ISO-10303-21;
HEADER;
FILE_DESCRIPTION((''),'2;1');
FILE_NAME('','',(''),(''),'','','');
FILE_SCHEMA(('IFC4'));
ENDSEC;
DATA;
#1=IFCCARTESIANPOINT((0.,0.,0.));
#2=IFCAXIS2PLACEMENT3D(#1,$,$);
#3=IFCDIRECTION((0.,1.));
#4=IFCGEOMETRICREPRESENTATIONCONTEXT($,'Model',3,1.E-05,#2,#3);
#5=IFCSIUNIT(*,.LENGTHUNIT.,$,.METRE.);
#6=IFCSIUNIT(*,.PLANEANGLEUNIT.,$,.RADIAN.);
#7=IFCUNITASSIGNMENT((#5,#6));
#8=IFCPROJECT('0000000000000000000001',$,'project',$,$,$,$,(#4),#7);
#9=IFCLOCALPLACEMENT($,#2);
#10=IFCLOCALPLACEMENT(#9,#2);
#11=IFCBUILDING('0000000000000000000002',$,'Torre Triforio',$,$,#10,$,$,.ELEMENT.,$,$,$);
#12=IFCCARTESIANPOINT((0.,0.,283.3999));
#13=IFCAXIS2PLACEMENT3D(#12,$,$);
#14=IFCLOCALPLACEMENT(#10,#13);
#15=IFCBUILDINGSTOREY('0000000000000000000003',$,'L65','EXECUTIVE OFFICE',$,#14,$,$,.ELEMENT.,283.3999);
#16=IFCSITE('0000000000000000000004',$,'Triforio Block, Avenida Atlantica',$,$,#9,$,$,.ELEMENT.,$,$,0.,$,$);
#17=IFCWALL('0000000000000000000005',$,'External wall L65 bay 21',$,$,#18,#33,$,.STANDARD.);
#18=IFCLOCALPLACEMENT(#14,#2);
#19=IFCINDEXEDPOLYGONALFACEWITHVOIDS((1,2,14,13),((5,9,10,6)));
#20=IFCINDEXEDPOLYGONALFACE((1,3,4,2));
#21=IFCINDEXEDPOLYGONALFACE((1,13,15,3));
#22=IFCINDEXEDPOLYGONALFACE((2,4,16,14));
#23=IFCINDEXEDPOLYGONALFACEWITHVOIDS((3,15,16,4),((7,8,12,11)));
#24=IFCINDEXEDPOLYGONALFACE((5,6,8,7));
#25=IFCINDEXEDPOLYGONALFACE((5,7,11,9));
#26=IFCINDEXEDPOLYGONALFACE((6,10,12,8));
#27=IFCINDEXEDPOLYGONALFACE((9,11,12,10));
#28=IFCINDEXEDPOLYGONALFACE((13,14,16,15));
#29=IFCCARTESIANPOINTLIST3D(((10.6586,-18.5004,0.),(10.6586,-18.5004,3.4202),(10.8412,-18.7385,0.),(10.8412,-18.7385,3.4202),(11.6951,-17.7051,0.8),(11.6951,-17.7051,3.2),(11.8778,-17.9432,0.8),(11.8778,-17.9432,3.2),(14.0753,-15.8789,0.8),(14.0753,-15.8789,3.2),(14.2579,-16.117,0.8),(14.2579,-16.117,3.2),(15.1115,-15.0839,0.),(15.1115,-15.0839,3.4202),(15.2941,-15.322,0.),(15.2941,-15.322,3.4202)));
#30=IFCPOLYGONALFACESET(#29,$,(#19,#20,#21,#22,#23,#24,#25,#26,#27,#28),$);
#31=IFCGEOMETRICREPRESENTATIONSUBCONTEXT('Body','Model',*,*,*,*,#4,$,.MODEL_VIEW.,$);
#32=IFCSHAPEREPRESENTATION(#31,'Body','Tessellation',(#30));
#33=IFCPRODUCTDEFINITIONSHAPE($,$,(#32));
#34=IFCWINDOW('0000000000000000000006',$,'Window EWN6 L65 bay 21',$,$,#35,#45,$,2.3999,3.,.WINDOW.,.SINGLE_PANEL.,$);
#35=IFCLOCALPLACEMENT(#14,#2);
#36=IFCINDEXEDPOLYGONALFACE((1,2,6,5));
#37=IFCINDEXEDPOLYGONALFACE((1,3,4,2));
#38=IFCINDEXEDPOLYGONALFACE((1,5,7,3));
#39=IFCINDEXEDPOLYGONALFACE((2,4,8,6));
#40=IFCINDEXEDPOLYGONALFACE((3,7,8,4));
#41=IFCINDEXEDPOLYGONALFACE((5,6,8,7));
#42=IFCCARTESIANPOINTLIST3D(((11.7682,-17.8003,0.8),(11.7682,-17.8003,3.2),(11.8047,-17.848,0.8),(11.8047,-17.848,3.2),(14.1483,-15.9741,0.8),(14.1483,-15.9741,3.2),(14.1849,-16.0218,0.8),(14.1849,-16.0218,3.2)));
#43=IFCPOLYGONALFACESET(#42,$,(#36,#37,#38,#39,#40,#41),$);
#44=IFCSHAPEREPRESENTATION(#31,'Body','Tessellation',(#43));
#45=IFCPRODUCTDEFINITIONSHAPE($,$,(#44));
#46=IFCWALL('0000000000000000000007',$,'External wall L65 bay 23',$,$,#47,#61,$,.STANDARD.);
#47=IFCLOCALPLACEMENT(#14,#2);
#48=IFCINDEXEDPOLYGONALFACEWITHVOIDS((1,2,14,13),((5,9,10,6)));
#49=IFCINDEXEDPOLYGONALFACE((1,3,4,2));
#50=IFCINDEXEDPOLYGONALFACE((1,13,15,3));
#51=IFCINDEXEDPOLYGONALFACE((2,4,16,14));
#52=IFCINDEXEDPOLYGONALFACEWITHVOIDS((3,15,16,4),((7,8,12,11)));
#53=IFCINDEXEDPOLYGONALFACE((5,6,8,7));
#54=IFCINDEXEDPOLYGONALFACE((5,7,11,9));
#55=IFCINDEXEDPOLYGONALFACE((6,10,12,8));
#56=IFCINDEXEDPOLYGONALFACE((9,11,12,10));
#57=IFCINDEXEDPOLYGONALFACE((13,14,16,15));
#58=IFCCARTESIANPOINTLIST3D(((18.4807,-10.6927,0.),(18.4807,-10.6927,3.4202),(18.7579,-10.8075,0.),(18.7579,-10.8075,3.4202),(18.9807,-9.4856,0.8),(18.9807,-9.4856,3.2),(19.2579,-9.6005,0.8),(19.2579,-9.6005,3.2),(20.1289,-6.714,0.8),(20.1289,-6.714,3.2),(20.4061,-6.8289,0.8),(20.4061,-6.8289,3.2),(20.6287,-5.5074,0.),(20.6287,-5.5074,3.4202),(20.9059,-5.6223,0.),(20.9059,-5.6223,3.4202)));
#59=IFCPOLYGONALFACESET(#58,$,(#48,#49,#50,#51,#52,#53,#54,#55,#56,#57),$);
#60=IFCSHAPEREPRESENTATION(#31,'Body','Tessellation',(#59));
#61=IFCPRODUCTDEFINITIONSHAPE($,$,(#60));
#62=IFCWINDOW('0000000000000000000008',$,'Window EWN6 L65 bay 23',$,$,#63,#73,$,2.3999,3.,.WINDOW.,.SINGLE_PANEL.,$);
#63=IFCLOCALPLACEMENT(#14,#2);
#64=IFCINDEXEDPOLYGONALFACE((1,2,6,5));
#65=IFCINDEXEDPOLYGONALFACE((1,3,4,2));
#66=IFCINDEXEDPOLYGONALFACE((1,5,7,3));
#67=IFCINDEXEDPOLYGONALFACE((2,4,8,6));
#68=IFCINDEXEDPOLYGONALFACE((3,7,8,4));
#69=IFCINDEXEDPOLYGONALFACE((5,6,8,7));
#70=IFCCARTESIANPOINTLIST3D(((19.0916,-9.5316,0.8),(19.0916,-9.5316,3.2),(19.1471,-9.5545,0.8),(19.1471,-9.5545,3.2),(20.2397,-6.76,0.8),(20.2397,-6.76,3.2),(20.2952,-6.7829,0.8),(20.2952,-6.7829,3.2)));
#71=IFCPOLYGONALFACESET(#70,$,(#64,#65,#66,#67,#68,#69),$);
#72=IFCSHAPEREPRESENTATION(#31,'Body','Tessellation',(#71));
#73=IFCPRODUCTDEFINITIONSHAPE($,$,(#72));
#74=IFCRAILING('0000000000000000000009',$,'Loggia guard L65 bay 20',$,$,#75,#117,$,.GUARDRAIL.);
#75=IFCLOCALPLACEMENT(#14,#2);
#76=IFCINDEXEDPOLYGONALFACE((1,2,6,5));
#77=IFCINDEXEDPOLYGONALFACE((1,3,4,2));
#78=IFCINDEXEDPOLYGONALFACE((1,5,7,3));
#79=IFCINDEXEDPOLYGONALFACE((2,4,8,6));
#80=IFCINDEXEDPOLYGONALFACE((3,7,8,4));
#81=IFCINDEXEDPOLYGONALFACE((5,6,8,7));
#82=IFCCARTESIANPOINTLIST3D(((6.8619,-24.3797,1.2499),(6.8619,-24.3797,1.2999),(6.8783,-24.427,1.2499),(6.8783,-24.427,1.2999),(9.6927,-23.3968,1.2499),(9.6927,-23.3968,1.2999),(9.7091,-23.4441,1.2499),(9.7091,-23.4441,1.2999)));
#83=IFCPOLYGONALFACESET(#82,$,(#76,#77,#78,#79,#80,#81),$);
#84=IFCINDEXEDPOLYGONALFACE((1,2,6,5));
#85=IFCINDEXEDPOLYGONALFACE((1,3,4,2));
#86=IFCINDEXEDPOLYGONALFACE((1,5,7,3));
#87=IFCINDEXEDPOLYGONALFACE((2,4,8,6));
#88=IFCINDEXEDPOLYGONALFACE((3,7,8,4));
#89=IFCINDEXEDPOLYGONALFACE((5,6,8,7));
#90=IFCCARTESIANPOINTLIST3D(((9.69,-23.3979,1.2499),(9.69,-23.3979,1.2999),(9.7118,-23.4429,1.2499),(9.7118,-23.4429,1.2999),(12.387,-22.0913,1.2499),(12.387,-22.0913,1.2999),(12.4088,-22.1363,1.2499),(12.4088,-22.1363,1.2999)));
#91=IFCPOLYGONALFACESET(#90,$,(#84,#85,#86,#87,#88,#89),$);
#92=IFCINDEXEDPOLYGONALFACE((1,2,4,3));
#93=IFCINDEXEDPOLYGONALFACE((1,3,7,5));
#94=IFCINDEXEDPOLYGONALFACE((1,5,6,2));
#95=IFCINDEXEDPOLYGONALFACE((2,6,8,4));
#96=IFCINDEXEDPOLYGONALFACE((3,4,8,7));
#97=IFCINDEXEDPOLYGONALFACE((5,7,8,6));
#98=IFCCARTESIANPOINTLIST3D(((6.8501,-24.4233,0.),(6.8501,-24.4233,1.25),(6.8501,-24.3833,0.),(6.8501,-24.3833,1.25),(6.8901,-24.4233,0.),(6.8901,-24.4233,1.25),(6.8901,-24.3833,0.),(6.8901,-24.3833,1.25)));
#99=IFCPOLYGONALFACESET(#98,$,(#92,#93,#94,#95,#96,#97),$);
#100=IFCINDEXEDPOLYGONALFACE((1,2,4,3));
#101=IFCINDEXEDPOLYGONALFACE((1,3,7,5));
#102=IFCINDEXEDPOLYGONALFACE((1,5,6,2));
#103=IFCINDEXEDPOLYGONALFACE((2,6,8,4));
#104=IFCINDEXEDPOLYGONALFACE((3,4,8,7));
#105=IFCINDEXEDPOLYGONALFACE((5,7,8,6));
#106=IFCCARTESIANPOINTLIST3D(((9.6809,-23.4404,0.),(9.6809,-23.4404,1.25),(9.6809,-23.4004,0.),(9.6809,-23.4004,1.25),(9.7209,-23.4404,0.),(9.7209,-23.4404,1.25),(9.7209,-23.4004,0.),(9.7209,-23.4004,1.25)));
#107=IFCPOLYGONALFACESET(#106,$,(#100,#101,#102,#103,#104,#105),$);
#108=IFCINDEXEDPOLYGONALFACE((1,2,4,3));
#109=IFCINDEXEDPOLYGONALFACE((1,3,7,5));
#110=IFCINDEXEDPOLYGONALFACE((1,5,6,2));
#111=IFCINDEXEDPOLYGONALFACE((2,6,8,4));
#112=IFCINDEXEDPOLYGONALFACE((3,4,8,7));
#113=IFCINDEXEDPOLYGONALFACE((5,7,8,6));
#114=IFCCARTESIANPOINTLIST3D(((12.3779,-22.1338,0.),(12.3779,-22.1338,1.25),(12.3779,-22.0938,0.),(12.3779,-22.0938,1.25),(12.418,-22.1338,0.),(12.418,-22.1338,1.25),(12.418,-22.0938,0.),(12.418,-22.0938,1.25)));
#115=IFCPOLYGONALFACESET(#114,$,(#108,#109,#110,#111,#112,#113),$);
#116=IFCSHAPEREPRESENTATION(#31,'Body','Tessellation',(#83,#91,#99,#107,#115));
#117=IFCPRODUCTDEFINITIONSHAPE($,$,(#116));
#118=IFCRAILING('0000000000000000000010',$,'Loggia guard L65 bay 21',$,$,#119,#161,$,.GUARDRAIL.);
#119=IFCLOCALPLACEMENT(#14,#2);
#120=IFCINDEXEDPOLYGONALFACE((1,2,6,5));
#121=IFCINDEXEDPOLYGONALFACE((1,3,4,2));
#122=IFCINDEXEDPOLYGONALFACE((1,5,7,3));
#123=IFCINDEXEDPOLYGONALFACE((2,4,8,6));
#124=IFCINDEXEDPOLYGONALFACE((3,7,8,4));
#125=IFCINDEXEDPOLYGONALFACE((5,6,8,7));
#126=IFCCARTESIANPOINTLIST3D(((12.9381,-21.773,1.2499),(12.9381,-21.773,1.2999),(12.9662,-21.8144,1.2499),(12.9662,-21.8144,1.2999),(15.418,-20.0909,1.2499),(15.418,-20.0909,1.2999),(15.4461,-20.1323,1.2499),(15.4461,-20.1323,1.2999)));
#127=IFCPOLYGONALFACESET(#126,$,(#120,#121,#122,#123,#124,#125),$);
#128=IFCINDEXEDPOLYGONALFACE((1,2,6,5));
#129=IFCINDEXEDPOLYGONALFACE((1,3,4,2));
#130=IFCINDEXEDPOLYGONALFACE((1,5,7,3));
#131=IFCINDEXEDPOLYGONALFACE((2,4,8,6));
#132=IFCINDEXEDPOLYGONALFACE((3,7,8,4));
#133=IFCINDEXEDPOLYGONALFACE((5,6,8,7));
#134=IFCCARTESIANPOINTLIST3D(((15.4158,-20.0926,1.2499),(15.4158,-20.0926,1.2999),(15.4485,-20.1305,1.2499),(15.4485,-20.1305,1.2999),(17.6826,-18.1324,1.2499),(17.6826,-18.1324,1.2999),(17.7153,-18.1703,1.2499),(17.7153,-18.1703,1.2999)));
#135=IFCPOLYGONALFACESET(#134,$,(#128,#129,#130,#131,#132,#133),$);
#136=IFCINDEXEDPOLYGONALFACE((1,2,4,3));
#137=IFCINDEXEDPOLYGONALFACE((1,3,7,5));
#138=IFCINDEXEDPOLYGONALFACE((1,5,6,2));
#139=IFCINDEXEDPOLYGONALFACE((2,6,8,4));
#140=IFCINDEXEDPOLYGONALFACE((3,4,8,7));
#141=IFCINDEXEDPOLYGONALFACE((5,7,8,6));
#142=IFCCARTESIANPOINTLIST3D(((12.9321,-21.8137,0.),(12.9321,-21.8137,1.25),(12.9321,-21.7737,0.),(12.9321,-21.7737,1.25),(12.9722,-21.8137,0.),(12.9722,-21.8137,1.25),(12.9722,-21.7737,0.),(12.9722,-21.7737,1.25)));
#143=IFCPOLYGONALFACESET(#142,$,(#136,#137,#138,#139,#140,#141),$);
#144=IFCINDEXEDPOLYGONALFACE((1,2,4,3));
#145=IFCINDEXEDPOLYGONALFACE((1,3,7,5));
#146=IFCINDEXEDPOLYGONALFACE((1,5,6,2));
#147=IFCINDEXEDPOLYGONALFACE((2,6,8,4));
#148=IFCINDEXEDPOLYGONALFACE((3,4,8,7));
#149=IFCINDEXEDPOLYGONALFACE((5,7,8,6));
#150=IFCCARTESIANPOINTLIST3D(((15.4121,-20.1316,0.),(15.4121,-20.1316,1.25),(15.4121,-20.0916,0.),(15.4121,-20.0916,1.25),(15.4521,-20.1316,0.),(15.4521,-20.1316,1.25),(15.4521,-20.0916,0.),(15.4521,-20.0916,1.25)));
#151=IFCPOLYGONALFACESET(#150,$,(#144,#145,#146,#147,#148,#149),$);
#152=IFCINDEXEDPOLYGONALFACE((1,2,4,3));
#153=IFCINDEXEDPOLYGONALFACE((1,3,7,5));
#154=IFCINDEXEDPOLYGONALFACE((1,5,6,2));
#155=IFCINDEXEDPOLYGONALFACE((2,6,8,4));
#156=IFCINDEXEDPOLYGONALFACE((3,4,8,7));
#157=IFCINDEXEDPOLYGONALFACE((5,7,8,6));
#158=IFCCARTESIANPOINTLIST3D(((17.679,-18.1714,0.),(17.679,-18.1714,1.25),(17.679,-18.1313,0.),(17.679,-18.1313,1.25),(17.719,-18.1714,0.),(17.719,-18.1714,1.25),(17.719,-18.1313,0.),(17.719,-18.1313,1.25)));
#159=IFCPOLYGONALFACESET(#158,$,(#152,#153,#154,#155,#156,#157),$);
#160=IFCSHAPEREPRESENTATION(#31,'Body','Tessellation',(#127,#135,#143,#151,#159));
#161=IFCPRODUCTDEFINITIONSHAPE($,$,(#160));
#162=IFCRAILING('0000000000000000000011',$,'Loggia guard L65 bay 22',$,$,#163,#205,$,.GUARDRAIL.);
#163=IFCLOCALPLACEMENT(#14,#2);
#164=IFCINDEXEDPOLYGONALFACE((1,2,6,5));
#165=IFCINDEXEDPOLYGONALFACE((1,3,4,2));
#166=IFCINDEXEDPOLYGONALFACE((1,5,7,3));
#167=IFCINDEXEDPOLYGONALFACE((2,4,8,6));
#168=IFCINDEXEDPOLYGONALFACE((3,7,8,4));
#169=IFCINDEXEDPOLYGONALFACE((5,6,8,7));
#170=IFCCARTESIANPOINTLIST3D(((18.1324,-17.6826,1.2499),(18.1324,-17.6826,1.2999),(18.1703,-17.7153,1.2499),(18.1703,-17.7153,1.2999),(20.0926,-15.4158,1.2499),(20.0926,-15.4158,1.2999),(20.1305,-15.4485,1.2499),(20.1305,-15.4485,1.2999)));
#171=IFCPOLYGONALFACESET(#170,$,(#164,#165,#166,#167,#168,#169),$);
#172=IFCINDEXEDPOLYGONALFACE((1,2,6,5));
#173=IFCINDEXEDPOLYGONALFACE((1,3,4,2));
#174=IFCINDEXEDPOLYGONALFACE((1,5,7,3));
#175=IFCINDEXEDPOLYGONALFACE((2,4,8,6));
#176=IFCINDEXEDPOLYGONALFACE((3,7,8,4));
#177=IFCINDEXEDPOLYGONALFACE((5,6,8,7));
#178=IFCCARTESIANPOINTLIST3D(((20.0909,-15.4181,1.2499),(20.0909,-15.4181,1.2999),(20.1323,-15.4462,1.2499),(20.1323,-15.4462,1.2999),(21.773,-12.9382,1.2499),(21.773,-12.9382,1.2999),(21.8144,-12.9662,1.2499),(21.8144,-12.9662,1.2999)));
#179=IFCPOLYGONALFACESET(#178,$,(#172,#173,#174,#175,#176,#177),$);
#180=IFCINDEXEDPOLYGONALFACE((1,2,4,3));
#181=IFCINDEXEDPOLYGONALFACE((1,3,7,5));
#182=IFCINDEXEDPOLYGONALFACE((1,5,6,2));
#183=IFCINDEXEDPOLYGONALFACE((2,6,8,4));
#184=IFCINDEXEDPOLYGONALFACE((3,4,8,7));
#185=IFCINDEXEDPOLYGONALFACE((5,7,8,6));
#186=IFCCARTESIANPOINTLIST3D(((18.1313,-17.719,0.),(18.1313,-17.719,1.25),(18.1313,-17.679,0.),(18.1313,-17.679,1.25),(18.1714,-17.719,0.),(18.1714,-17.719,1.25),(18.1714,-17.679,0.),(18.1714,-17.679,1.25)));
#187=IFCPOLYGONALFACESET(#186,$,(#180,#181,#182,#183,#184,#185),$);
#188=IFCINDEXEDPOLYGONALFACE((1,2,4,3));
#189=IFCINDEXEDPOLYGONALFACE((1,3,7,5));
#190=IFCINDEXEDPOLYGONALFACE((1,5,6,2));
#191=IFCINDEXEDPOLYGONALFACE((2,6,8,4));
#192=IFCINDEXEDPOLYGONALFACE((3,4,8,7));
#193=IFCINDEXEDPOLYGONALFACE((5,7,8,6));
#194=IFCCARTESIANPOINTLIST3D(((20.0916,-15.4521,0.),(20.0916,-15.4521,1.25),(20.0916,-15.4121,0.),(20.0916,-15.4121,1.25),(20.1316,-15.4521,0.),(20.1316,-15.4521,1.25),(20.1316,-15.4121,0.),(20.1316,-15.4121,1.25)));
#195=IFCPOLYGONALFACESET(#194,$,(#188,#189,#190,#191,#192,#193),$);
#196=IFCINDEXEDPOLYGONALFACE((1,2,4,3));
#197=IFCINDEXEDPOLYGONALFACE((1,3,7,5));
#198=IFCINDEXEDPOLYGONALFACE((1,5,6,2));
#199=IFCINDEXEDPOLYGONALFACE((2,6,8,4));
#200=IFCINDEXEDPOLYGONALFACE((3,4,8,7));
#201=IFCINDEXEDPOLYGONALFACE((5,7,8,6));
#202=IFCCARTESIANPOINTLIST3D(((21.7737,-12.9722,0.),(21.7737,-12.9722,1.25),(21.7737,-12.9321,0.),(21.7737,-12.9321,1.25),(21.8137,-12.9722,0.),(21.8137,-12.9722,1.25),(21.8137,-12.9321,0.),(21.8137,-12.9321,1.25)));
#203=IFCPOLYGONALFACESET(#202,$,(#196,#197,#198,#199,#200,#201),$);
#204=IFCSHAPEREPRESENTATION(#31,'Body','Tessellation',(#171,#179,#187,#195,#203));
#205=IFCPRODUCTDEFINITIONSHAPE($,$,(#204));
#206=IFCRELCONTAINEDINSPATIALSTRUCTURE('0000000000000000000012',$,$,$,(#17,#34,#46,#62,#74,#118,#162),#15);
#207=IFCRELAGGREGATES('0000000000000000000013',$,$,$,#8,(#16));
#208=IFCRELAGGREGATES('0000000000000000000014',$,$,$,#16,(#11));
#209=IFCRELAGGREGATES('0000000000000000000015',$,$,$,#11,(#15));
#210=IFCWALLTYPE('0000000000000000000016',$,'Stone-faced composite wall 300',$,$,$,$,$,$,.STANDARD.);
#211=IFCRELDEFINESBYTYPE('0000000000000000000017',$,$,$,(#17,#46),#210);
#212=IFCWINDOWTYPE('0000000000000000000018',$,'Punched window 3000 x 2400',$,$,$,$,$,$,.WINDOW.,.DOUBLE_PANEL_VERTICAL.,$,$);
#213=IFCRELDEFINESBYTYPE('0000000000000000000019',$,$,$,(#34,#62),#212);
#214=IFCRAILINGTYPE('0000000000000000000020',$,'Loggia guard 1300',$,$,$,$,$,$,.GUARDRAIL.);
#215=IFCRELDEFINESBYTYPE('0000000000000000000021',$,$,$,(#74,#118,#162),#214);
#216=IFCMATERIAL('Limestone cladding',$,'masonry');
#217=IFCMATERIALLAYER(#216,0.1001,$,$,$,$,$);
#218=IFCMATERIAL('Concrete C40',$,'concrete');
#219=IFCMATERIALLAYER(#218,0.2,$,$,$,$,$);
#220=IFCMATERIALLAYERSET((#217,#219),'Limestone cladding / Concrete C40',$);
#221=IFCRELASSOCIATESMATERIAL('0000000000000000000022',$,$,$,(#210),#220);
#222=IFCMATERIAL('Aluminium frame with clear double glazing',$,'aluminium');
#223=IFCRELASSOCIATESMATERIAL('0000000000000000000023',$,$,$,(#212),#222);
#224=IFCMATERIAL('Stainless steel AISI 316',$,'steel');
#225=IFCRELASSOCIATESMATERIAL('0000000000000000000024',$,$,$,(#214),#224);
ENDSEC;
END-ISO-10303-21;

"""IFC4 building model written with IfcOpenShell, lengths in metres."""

from ifc_helpers import new_model, si_unit, direction, frame, frame_2d, origin, origin_2d, place, context, subcontext, project, spatial, rectangle, extrude, material, layer, layer_set, type_object, element, fill, save


model = new_model("IFC4")

# Units and contexts
model_context = context("Model", 3, precision=1e-05, world=origin(), true_north=direction((0.0, 1.0)))
body_context = subcontext(model_context, "Body", "Model", "MODEL_VIEW")
ifc_project = project(units=[si_unit("LENGTHUNIT", "METRE"), si_unit("PLANEANGLEUNIT", "RADIAN")], contexts=[model_context])

# Site, building, storey
site_placement = place(None, origin())
site = spatial("IfcSite", under=ifc_project, at=site_placement, Name="Triforio Block, Avenida Atlantica", CompositionType="ELEMENT", RefElevation=0.0)
building_placement = place(site_placement, origin())
building = spatial("IfcBuilding", under=site, at=building_placement, Name="Torre Triforio", CompositionType="ELEMENT")
storey_placement = place(building_placement, frame((0.0, 0.0, 283.3999)))
storey = spatial("IfcBuildingStorey", under=building, at=storey_placement, Name="L65", Description="EXECUTIVE OFFICE", CompositionType="ELEMENT", Elevation=283.3999)

# Shared definitions
ifc_material_1 = material(Name="Concrete C40", Category="concrete")

# Shared definitions
ifc_material_2 = material(Name="Limestone cladding", Category="masonry")

# Wall, opening, window
ifc_layer_1 = layer(ifc_material_2, 0.1001)
ifc_layer_2 = layer(ifc_material_1, 0.2)
ifc_layer_set_1 = layer_set([ifc_layer_1, ifc_layer_2], Name="Limestone cladding / Concrete C40")
wall_type_1 = type_object("IfcWallType", Name="Stone-faced composite wall 300", PredefinedType="STANDARD", material=ifc_layer_set_1)
wall_1_placement = place(storey_placement, frame((10.75, -18.6194, 0.0), z_axis=(0.0, 0.0, 1.0), x_axis=(0.79338, 0.608726, 0.0)))
wall_1 = element("IfcWall", 1, at=wall_1_placement, inside=storey, type_object=wall_type_1, Name="External wall L65 bay 21", PredefinedType="STANDARD", context=body_context, shape_type="SweptSolid", body=[
    extrude(rectangle(XDim=5.6125, YDim=0.3, at=frame_2d((2.8062, 0.0))), origin(), (0.0, 0.0, 1.0), 3.4202),
])
opening_1_placement = place(wall_1_placement, frame((1.3064, 0.0, 0.8)))
opening_1 = element("IfcOpeningElement", 2, at=opening_1_placement, cuts=wall_1, PredefinedType="OPENING", context=body_context, shape_type="SweptSolid", body=[
    extrude(rectangle(XDim=3.0, YDim=2.3999, at=frame_2d((1.5, 1.2))), frame((0.0, 0.1599, 0.0), z_axis=(0.0, -1.0, 0.0), x_axis=(1.0, 0.0, 0.0)), (0.0, 0.0, 1.0), 0.3201),
])
ifc_material_3 = material(Name="Aluminium frame with clear double glazing", Category="aluminium")
window_type_1 = type_object("IfcWindowType", Name="Punched window 3000 x 2400", PartitioningType="DOUBLE_PANEL_VERTICAL", PredefinedType="WINDOW", material=ifc_material_3)
window_1_placement = place(opening_1_placement, origin())
window_1 = element("IfcWindow", 3, at=window_1_placement, inside=storey, type_object=window_type_1, Name="Window EWN6 L65 bay 21", OverallHeight=2.3999, OverallWidth=3.0, PartitioningType="SINGLE_PANEL", PredefinedType="WINDOW", context=body_context, shape_type="SweptSolid", body=[
    extrude(rectangle(XDim=3.0, YDim=2.3999, at=frame_2d((1.5, 1.2))), frame((0.0, 0.03, 0.0), z_axis=(0.0, -1.0, 0.0), x_axis=(1.0, 0.0, 0.0)), (0.0, 0.0, 1.0), 0.0601),
])
fill(opening_1, window_1)

# Wall, opening, window
wall_2_placement = place(storey_placement, frame((18.6194, -10.75, 0.0), z_axis=(0.0, 0.0, 1.0), x_axis=(0.382703, 0.923872, 0.0)))
wall_2 = element("IfcWall", 4, at=wall_2_placement, inside=storey, type_object=wall_type_1, Name="External wall L65 bay 23", PredefinedType="STANDARD", context=body_context, shape_type="SweptSolid", body=[
    extrude(rectangle(XDim=5.6125, YDim=0.3, at=frame_2d((2.8062, 0.0))), origin(), (0.0, 0.0, 1.0), 3.4202),
])
opening_2_placement = place(wall_2_placement, frame((1.3064, 0.0, 0.8)))
opening_2 = element("IfcOpeningElement", 5, at=opening_2_placement, cuts=wall_2, PredefinedType="OPENING", context=body_context, shape_type="SweptSolid", body=[
    extrude(rectangle(XDim=3.0, YDim=2.3999, at=frame_2d((1.5, 1.2))), frame((0.0, 0.1599, 0.0), z_axis=(0.0, -1.0, 0.0), x_axis=(1.0, 0.0, 0.0)), (0.0, 0.0, 1.0), 0.3201),
])
window_2_placement = place(opening_2_placement, origin())
window_2 = element("IfcWindow", 6, at=window_2_placement, inside=storey, type_object=window_type_1, Name="Window EWN6 L65 bay 23", OverallHeight=2.3999, OverallWidth=3.0, PartitioningType="SINGLE_PANEL", PredefinedType="WINDOW", context=body_context, shape_type="SweptSolid", body=[
    extrude(rectangle(XDim=3.0, YDim=2.3999, at=frame_2d((1.5, 1.2))), frame((0.0, 0.03, 0.0), z_axis=(0.0, -1.0, 0.0), x_axis=(1.0, 0.0, 0.0)), (0.0, 0.0, 1.0), 0.0601),
])
fill(opening_2, window_2)

# Railings
ifc_material_4 = material(Name="Stainless steel AISI 316", Category="steel")
railing_type = type_object("IfcRailingType", Name="Loggia guard 1300", PredefinedType="GUARDRAIL", material=ifc_material_4)
railing_1_placement = place(storey_placement, frame((6.8701, -24.4033, 0.0)))
element("IfcRailing", 7, at=railing_1_placement, inside=storey, type_object=railing_type, Name="Loggia guard L65 bay 20", PredefinedType="GUARDRAIL", context=body_context, shape_type="SweptSolid", body=[
    extrude(rectangle(XDim=0.05, YDim=0.05, at=origin_2d()), frame((0.0, 0.0, 1.2749), z_axis=(0.944675, 0.328009, 0.0), x_axis=(-0.328009, 0.944675, 0.0)), (0.0, 0.0, 1.0), 2.9966),
    extrude(rectangle(XDim=0.05, YDim=0.05, at=origin_2d()), frame((2.8308, 0.9829, 1.2749), z_axis=(0.899946, 0.436002, 0.0), x_axis=(-0.436002, 0.899946, 0.0)), (0.0, 0.0, 1.0), 2.9968),
    extrude(rectangle(XDim=0.04, YDim=0.04, at=origin_2d()), origin(), (0.0, 0.0, 1.0), 1.25),
    extrude(rectangle(XDim=0.04, YDim=0.04, at=origin_2d()), frame((2.8308, 0.9829, 0.0)), (0.0, 0.0, 1.0), 1.25),
    extrude(rectangle(XDim=0.04, YDim=0.04, at=origin_2d()), frame((5.5278, 2.2896, 0.0)), (0.0, 0.0, 1.0), 1.25),
])
railing_2_placement = place(storey_placement, frame((12.9521, -21.7937, 0.0)))
element("IfcRailing", 8, at=railing_2_placement, inside=storey, type_object=railing_type, Name="Loggia guard L65 bay 21", PredefinedType="GUARDRAIL", context=body_context, shape_type="SweptSolid", body=[
    extrude(rectangle(XDim=0.05, YDim=0.05, at=origin_2d()), frame((0.0, 0.0, 1.2749), z_axis=(0.827587, 0.561338, 0.0), x_axis=(-0.561338, 0.827587, 0.0)), (0.0, 0.0, 1.0), 2.9966),
    extrude(rectangle(XDim=0.05, YDim=0.05, at=origin_2d()), frame((2.48, 1.6821, 1.2749), z_axis=(0.756414, 0.654093, 0.0), x_axis=(-0.654093, 0.756414, 0.0)), (0.0, 0.0, 1.0), 2.9968),
    extrude(rectangle(XDim=0.04, YDim=0.04, at=origin_2d()), origin(), (0.0, 0.0, 1.0), 1.25),
    extrude(rectangle(XDim=0.04, YDim=0.04, at=origin_2d()), frame((2.48, 1.6821, 0.0)), (0.0, 0.0, 1.0), 1.25),
    extrude(rectangle(XDim=0.04, YDim=0.04, at=origin_2d()), frame((4.7468, 3.6423, 0.0)), (0.0, 0.0, 1.0), 1.25),
])
railing_3_placement = place(storey_placement, frame((18.1514, -17.699, 0.0)))
element("IfcRailing", 9, at=railing_3_placement, inside=storey, type_object=railing_type, Name="Loggia guard L65 bay 22", PredefinedType="GUARDRAIL", context=body_context, shape_type="SweptSolid", body=[
    extrude(rectangle(XDim=0.05, YDim=0.05, at=origin_2d()), frame((0.0, 0.0, 1.2749), z_axis=(0.654093, 0.756414, 0.0), x_axis=(-0.756414, 0.654093, 0.0)), (0.0, 0.0, 1.0), 2.9968),
    extrude(rectangle(XDim=0.05, YDim=0.05, at=origin_2d()), frame((1.9602, 2.2668, 1.2749), z_axis=(0.561338, 0.827587, 0.0), x_axis=(-0.827587, 0.561338, 0.0)), (0.0, 0.0, 1.0), 2.9966),
    extrude(rectangle(XDim=0.04, YDim=0.04, at=origin_2d()), origin(), (0.0, 0.0, 1.0), 1.25),
    extrude(rectangle(XDim=0.04, YDim=0.04, at=origin_2d()), frame((1.9602, 2.2668, 0.0)), (0.0, 0.0, 1.0), 1.25),
    extrude(rectangle(XDim=0.04, YDim=0.04, at=origin_2d()), frame((3.6423, 4.7468, 0.0)), (0.0, 0.0, 1.0), 1.25),
])

save(model, "model.ifc")
